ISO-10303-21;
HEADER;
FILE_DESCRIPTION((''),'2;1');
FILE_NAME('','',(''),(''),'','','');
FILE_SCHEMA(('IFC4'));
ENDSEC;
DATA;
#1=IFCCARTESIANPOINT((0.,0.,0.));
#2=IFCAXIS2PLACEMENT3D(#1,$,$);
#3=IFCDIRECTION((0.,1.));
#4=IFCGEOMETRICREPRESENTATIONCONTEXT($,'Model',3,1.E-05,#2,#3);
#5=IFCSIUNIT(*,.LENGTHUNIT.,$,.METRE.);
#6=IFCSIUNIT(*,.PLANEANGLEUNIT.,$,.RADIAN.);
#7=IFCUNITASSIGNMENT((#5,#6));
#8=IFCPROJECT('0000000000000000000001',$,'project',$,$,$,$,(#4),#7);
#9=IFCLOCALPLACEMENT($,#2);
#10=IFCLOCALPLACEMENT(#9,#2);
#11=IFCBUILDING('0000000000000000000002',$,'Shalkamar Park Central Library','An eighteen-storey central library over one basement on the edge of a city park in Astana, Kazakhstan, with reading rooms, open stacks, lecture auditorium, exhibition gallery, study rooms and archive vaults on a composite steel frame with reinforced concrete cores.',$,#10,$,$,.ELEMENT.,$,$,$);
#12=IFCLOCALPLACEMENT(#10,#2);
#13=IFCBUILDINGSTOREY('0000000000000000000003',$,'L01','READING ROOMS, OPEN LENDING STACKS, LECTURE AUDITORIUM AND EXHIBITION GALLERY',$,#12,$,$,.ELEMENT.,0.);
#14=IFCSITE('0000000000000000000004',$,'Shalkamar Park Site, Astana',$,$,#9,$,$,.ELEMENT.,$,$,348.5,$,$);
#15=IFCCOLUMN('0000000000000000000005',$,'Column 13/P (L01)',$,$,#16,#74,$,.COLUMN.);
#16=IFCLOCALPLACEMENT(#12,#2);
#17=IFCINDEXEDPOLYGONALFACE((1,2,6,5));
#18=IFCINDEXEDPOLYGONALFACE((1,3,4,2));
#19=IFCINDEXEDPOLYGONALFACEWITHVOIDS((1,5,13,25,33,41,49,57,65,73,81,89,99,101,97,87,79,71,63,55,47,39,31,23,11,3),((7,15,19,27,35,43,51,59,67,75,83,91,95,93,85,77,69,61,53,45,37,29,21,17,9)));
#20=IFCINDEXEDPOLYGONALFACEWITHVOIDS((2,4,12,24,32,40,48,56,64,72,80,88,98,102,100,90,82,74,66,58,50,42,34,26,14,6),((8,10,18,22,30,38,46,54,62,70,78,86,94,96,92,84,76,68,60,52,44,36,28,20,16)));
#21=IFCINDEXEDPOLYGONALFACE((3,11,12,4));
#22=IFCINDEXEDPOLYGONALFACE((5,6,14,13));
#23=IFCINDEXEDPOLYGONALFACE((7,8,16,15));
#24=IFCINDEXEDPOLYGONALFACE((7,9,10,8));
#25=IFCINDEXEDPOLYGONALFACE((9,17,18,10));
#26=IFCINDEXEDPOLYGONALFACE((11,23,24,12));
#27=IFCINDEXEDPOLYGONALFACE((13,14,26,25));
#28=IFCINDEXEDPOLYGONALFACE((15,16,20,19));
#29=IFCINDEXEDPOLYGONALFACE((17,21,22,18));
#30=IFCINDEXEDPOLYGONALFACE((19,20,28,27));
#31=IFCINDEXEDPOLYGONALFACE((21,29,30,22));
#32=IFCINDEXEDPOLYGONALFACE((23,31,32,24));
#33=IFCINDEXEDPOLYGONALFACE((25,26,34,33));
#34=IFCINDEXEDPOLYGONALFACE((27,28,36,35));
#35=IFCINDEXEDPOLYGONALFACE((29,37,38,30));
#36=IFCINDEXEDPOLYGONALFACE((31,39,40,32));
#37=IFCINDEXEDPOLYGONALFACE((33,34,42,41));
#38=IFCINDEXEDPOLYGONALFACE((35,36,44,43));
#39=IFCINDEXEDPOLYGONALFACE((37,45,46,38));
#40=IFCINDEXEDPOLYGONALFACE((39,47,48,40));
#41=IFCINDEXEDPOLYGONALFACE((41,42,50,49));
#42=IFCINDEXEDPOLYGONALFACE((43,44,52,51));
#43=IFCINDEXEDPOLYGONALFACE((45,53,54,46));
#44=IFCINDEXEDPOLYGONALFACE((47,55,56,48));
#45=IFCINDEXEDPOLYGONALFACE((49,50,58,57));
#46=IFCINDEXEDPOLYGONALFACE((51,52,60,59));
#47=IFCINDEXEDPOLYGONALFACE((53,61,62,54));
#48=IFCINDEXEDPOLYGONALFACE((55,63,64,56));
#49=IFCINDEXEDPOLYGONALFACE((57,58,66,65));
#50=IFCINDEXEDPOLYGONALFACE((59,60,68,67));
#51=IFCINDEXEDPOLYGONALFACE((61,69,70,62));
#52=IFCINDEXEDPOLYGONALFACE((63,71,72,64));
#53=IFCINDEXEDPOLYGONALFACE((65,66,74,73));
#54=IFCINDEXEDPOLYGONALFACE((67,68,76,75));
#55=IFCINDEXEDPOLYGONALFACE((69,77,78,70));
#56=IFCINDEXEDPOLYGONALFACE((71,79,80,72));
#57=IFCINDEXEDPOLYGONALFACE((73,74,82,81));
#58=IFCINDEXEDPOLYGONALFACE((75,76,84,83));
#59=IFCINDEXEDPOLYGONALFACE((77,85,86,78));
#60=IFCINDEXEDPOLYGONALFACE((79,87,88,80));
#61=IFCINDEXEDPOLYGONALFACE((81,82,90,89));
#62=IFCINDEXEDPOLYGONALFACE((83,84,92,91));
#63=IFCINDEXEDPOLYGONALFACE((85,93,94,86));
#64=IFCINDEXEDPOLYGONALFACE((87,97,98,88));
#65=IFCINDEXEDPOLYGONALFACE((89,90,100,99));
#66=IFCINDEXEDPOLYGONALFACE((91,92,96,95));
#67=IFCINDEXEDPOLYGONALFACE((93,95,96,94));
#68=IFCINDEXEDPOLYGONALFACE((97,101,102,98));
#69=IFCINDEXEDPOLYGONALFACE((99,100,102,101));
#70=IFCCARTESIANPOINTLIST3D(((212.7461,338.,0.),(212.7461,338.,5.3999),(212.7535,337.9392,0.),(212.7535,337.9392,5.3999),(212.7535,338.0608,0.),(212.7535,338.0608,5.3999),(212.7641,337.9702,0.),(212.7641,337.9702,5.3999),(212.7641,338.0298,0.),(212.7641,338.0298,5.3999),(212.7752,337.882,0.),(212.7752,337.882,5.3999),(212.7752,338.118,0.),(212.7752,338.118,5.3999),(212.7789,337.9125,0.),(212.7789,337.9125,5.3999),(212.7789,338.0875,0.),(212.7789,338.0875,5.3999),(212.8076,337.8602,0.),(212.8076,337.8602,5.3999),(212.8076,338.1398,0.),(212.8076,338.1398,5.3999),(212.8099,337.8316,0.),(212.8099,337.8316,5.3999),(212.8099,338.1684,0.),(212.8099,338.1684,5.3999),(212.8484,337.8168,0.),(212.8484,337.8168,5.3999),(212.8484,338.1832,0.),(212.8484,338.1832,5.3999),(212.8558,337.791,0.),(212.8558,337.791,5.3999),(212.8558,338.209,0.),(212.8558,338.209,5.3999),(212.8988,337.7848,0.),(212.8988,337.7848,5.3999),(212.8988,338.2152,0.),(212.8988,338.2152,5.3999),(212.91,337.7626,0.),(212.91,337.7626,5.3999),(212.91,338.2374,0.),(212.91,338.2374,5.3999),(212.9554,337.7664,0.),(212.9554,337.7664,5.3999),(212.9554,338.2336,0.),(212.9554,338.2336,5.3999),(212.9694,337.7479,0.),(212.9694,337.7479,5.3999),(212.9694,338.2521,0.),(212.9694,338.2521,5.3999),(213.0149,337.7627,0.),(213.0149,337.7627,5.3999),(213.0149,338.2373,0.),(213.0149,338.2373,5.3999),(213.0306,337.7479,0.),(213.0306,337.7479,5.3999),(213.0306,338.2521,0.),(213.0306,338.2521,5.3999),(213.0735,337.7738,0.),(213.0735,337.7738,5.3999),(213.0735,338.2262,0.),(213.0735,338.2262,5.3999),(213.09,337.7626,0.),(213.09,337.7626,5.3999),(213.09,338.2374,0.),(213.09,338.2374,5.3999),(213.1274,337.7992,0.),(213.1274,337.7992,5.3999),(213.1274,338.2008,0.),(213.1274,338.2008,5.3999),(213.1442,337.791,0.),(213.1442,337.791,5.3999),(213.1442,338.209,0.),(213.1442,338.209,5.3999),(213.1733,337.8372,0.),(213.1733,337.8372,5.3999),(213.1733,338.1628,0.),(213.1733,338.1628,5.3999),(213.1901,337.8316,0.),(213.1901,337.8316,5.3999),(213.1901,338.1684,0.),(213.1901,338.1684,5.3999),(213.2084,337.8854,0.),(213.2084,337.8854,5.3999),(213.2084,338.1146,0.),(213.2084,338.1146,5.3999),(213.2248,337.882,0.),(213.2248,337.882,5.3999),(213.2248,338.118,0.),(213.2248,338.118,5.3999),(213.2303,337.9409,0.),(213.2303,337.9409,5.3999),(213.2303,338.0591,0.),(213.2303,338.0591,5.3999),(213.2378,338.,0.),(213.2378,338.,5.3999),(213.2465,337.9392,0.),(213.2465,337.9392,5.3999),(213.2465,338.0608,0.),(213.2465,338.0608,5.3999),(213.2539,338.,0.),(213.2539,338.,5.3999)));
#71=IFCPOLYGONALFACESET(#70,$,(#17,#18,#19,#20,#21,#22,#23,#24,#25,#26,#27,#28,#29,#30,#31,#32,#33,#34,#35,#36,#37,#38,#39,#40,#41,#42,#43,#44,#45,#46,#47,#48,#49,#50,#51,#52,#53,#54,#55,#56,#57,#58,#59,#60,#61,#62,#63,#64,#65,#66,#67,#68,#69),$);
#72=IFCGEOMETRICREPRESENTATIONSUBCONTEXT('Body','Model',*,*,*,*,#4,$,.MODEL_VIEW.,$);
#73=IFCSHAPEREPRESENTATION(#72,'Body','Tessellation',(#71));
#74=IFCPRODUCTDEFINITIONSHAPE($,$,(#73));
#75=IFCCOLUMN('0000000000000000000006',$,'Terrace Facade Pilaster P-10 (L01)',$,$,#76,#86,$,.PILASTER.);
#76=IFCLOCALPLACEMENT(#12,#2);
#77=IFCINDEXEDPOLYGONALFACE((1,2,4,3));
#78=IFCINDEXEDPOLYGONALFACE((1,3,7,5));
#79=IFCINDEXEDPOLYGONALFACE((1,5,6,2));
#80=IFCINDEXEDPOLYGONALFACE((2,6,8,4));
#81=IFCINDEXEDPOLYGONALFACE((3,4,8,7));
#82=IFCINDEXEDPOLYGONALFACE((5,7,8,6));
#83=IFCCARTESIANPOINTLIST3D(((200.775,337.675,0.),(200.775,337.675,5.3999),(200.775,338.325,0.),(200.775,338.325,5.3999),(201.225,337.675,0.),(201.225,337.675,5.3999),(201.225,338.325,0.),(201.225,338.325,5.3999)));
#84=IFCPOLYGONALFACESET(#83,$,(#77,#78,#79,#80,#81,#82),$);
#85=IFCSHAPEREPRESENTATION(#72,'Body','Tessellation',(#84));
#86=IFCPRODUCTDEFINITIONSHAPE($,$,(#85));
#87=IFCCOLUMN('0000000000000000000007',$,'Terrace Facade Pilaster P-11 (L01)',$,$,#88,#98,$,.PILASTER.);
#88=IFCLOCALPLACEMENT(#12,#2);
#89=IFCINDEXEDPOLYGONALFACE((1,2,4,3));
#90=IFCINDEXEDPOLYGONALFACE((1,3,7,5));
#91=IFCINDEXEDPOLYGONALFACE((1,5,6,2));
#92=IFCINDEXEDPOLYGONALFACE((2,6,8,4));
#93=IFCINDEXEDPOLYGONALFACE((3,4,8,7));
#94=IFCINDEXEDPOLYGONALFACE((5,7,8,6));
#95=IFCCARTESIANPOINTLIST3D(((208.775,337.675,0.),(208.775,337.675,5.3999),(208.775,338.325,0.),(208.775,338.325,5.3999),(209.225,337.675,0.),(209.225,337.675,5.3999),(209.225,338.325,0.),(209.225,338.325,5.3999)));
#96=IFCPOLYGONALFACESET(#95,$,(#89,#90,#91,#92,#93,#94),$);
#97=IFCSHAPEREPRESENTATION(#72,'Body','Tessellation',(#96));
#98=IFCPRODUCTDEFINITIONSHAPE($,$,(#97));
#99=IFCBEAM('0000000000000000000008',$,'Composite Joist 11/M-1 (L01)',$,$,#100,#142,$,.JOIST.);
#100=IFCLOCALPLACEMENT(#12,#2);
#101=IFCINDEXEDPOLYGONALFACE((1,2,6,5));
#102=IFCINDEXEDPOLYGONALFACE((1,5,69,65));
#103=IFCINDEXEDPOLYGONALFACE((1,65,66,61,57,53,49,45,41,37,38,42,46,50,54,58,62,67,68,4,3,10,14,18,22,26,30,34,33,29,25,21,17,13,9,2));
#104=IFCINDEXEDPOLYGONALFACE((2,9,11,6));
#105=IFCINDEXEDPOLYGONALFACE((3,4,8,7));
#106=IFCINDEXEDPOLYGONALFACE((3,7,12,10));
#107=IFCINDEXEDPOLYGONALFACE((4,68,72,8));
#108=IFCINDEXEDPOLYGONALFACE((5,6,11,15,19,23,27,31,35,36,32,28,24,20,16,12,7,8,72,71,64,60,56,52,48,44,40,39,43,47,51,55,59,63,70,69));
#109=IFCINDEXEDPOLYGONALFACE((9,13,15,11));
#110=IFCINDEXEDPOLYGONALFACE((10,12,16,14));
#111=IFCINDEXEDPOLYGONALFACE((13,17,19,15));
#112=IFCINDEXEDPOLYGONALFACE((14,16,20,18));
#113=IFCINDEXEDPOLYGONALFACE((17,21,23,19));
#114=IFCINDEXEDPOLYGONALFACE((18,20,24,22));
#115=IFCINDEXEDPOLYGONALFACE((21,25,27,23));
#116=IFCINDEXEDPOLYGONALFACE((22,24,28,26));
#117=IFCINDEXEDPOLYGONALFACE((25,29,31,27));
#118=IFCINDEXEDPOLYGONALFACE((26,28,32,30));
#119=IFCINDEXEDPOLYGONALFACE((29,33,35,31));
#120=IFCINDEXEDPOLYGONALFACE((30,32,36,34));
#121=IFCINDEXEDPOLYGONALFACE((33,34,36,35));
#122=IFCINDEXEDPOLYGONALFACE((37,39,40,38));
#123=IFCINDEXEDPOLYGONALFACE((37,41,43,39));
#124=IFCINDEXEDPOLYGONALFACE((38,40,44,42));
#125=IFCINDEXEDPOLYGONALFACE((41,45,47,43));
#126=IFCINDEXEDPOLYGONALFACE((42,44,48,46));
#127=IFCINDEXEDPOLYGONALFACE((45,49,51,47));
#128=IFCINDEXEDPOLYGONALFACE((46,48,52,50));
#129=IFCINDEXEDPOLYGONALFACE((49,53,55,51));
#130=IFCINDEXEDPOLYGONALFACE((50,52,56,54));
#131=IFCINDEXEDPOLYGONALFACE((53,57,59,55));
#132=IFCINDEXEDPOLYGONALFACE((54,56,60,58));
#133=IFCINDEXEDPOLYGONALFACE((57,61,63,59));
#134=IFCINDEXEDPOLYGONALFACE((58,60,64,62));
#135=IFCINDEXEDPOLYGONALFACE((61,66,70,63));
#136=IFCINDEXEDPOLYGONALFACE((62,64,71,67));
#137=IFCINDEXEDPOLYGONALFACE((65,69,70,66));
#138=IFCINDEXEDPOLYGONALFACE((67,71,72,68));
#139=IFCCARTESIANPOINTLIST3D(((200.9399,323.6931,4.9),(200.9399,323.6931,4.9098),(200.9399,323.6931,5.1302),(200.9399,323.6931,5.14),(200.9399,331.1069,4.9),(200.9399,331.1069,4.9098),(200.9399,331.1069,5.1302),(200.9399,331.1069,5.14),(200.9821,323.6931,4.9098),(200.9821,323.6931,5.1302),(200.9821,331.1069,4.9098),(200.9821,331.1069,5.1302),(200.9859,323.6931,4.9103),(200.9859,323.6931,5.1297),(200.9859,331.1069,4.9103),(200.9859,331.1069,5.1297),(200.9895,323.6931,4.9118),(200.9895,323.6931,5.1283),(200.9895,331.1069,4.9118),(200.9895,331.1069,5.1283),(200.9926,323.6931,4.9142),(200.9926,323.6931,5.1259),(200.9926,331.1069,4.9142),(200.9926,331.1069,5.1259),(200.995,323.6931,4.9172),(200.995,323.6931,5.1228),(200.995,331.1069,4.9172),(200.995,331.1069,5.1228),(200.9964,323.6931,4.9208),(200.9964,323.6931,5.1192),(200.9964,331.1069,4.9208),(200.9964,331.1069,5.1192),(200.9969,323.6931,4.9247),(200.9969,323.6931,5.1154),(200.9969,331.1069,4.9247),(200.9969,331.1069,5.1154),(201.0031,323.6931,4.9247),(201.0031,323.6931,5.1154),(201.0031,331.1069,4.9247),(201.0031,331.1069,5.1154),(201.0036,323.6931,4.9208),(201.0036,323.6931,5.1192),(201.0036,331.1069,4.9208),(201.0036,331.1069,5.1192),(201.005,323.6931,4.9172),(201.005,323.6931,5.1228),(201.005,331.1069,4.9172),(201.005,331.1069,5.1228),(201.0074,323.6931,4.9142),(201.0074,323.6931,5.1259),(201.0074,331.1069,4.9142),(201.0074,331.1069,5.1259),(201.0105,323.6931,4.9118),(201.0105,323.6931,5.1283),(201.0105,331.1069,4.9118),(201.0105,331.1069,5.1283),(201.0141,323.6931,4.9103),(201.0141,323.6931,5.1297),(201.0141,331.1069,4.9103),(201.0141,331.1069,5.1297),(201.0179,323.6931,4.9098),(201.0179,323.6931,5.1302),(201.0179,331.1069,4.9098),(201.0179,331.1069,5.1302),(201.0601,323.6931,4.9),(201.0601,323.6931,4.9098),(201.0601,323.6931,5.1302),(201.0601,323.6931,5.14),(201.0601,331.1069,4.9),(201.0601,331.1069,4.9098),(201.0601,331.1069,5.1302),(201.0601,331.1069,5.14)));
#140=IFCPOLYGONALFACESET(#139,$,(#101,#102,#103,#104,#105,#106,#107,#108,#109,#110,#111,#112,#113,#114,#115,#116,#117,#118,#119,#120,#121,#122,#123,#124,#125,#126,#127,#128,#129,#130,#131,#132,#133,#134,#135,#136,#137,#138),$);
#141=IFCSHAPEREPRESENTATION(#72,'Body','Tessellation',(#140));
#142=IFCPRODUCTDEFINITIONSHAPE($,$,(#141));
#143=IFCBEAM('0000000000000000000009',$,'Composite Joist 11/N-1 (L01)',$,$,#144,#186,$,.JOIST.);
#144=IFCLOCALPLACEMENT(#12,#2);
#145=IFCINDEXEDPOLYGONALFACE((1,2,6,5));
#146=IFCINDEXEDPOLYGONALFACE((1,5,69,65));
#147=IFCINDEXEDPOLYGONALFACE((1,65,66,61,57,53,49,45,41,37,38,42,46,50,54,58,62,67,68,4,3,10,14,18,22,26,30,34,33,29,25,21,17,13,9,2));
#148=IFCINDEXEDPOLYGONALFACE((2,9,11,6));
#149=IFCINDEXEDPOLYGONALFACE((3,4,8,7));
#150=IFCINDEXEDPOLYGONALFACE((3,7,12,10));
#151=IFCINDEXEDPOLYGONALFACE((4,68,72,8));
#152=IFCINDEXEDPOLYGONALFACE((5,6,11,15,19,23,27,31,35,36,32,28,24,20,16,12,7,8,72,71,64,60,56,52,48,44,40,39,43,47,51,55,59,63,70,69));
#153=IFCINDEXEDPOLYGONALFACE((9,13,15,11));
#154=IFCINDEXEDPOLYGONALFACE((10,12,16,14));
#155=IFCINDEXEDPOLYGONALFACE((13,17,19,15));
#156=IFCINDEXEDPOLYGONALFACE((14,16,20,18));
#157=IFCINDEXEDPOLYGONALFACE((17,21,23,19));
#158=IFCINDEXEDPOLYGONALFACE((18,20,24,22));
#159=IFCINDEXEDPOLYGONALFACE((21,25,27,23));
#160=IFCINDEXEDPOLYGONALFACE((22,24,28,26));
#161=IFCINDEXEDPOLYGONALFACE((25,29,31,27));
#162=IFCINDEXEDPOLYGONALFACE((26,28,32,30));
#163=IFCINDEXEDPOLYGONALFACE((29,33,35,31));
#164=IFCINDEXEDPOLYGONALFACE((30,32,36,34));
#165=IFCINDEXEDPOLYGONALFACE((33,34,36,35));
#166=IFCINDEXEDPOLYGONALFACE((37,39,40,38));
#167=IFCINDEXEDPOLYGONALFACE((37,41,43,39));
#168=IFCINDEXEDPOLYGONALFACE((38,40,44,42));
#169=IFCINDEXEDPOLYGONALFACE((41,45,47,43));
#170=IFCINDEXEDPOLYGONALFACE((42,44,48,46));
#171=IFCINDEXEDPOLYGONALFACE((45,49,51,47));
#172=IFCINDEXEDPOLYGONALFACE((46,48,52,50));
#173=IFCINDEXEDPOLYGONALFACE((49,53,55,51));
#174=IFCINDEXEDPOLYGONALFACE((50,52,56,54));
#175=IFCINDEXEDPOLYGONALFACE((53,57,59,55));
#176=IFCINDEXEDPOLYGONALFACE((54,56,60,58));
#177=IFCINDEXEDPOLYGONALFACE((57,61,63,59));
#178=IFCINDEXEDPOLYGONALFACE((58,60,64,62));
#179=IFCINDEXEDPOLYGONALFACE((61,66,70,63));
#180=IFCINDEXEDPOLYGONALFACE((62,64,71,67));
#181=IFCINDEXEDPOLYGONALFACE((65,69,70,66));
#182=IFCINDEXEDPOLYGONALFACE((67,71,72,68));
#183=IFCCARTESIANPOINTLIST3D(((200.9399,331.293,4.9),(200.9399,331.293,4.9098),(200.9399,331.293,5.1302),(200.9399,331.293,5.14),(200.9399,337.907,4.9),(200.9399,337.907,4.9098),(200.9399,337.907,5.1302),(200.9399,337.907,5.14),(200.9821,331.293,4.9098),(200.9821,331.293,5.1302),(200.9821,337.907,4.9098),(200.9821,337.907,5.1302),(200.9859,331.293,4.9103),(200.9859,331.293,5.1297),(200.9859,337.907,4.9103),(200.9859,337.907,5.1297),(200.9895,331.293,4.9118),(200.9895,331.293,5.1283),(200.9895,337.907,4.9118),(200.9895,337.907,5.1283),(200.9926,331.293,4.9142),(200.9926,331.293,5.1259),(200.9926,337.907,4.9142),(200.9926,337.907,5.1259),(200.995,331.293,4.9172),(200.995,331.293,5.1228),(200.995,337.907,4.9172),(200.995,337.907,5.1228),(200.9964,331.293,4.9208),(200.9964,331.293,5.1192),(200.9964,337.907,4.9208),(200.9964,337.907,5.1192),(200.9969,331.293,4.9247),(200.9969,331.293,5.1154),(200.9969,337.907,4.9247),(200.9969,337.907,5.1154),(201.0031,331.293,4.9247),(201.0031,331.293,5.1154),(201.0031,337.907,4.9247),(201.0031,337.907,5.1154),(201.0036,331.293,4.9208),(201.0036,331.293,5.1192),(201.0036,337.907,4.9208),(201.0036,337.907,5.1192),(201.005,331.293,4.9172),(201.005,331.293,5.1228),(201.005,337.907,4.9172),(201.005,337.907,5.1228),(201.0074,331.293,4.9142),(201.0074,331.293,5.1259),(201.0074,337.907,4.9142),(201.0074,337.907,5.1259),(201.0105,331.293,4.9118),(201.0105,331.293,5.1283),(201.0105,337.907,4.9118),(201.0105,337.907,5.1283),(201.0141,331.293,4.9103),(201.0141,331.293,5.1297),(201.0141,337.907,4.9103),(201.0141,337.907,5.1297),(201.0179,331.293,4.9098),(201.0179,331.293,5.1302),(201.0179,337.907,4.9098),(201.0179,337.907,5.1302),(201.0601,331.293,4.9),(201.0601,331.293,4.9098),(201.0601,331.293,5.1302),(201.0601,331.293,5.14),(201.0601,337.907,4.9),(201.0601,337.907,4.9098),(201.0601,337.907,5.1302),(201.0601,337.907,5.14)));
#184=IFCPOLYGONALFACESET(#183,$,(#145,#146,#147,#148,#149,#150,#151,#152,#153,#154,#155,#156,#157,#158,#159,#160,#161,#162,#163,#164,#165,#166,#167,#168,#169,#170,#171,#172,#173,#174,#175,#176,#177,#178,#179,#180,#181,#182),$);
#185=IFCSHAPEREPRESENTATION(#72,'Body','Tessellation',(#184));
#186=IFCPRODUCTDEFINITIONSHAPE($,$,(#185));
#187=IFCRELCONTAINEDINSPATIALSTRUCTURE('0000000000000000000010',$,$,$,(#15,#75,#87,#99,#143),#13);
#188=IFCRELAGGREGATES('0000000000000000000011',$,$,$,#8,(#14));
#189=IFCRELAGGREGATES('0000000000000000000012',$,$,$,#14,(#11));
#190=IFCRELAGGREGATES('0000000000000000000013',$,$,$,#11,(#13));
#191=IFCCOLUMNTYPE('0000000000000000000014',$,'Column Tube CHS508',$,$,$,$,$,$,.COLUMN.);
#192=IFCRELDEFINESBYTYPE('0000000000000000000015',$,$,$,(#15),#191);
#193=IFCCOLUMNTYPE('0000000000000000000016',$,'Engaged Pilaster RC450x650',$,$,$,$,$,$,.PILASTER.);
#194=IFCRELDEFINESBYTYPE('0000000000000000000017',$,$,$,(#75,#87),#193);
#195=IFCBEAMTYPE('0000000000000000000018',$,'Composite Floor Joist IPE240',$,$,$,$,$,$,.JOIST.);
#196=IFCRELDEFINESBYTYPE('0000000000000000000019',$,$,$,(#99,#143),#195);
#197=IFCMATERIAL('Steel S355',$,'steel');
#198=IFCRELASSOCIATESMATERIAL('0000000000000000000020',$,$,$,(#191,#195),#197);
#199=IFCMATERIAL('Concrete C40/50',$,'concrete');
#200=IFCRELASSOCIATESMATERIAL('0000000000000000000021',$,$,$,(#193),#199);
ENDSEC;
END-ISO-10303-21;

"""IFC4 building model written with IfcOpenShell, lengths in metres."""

from ifc_helpers import new_model, si_unit, direction, frame, origin, origin_2d, place, context, subcontext, project, spatial, rectangle, hollow_circle, i_section, extrude, material, material_profile, profile_set, type_object, element, save


model = new_model("IFC4")

# Units and contexts
model_context = context("Model", 3, precision=1e-05, world=origin(), true_north=direction((0.0, 1.0)))
body_context = subcontext(model_context, "Body", "Model", "MODEL_VIEW")
ifc_project = project(units=[si_unit("LENGTHUNIT", "METRE"), si_unit("PLANEANGLEUNIT", "RADIAN")], contexts=[model_context])

# Site, building, storey
site_placement = place(None, origin())
site = spatial("IfcSite", under=ifc_project, at=site_placement, Name="Shalkamar Park Site, Astana", CompositionType="ELEMENT", RefElevation=348.5)
building_placement = place(site_placement, origin())
building = spatial("IfcBuilding", under=site, at=building_placement, Name="Shalkamar Park Central Library", Description="An eighteen-storey central library over one basement on the edge of a city park in Astana, Kazakhstan, with reading rooms, open stacks, lecture auditorium, exhibition gallery, study rooms and archive vaults on a composite steel frame with reinforced concrete cores.", CompositionType="ELEMENT")
storey_placement = place(building_placement, origin())
storey = spatial("IfcBuildingStorey", under=building, at=storey_placement, Name="L01", Description="READING ROOMS, OPEN LENDING STACKS, LECTURE AUDITORIUM AND EXHIBITION GALLERY", CompositionType="ELEMENT", Elevation=0.0)

# Columns
ifc_material_1 = material(Name="Steel S355", Category="steel")
ifc_material_profile_1 = material_profile(ifc_material_1, hollow_circle(Radius=0.2539, WallThickness=0.0161, at=origin_2d()), Name="CHS 508x16")
ifc_profile_set_1 = profile_set([ifc_material_profile_1], Name="Steel S355")
column_type_1 = type_object("IfcColumnType", Name="Column Tube CHS508", PredefinedType="COLUMN", material=ifc_profile_set_1)
for number, where, z_axis, x_axis, name in (
    (1, (213.0, 338.0, 0.0), (0.0, 0.0, 1.0), (1.0, 0.0, 0.0), "Column 13/P (L01)"),
):
    element("IfcColumn", number, at=place(storey_placement, frame(where, z_axis=z_axis, x_axis=x_axis)), inside=storey, type_object=column_type_1, Name=name, PredefinedType="COLUMN", context=body_context, shape_type="SweptSolid", body=[
        extrude(hollow_circle(Radius=0.2539, WallThickness=0.0161, at=origin_2d()), origin(), (0.0, 0.0, 1.0), 5.3999),
    ])
ifc_material_2 = material(Name="Concrete C40/50", Category="concrete")
ifc_material_profile_2 = material_profile(ifc_material_2, rectangle(XDim=0.45, YDim=0.6499, at=origin_2d()), Name="RC 450x650")
ifc_profile_set_2 = profile_set([ifc_material_profile_2], Name="Concrete C40/50")
column_type_2 = type_object("IfcColumnType", Name="Engaged Pilaster RC450x650", PredefinedType="PILASTER", material=ifc_profile_set_2)
for number, where, z_axis, x_axis, name in (
    (2, (201.0, 338.0, 0.0), (0.0, 0.0, 1.0), (1.0, 0.0, 0.0), "Terrace Facade Pilaster P-10 (L01)"),
    (3, (209.0, 338.0, 0.0), (0.0, 0.0, 1.0), (1.0, 0.0, 0.0), "Terrace Facade Pilaster P-11 (L01)"),
):
    element("IfcColumn", number, at=place(storey_placement, frame(where, z_axis=z_axis, x_axis=x_axis)), inside=storey, type_object=column_type_2, Name=name, PredefinedType="PILASTER", context=body_context, shape_type="SweptSolid", body=[
        extrude(rectangle(XDim=0.45, YDim=0.6499, at=origin_2d()), origin(), (0.0, 0.0, 1.0), 5.3999),
    ])

# Beams
ifc_material_profile_3 = material_profile(ifc_material_1, i_section(OverallWidth=0.1201, OverallDepth=0.24, WebThickness=0.0061, FlangeThickness=0.0098, FilletRadius=0.0149, at=origin_2d()), Name="IPE 240")
ifc_profile_set_3 = profile_set([ifc_material_profile_3], Name="Steel S355")
beam_type_1 = type_object("IfcBeamType", Name="Composite Floor Joist IPE240", PredefinedType="JOIST", material=ifc_profile_set_3)
beam_1_placement = place(storey_placement, frame((201.0, 323.6931, 5.02), z_axis=(0.0, 1.0, 0.0), x_axis=(-1.0, 0.0, 0.0)))
element("IfcBeam", 4, at=beam_1_placement, inside=storey, type_object=beam_type_1, Name="Composite Joist 11/M-1 (L01)", PredefinedType="JOIST", context=body_context, shape_type="SweptSolid", body=[
    extrude(i_section(OverallWidth=0.1201, OverallDepth=0.24, WebThickness=0.0061, FlangeThickness=0.0098, FilletRadius=0.0149, at=origin_2d()), origin(), (0.0, 0.0, 1.0), 7.4138),
])
beam_2_placement = place(storey_placement, frame((201.0, 331.293, 5.02), z_axis=(0.0, 1.0, 0.0), x_axis=(-1.0, 0.0, 0.0)))
element("IfcBeam", 5, at=beam_2_placement, inside=storey, type_object=beam_type_1, Name="Composite Joist 11/N-1 (L01)", PredefinedType="JOIST", context=body_context, shape_type="SweptSolid", body=[
    extrude(i_section(OverallWidth=0.1201, OverallDepth=0.24, WebThickness=0.0061, FlangeThickness=0.0098, FilletRadius=0.0149, at=origin_2d()), origin(), (0.0, 0.0, 1.0), 6.614),
])

save(model, "model.ifc")
